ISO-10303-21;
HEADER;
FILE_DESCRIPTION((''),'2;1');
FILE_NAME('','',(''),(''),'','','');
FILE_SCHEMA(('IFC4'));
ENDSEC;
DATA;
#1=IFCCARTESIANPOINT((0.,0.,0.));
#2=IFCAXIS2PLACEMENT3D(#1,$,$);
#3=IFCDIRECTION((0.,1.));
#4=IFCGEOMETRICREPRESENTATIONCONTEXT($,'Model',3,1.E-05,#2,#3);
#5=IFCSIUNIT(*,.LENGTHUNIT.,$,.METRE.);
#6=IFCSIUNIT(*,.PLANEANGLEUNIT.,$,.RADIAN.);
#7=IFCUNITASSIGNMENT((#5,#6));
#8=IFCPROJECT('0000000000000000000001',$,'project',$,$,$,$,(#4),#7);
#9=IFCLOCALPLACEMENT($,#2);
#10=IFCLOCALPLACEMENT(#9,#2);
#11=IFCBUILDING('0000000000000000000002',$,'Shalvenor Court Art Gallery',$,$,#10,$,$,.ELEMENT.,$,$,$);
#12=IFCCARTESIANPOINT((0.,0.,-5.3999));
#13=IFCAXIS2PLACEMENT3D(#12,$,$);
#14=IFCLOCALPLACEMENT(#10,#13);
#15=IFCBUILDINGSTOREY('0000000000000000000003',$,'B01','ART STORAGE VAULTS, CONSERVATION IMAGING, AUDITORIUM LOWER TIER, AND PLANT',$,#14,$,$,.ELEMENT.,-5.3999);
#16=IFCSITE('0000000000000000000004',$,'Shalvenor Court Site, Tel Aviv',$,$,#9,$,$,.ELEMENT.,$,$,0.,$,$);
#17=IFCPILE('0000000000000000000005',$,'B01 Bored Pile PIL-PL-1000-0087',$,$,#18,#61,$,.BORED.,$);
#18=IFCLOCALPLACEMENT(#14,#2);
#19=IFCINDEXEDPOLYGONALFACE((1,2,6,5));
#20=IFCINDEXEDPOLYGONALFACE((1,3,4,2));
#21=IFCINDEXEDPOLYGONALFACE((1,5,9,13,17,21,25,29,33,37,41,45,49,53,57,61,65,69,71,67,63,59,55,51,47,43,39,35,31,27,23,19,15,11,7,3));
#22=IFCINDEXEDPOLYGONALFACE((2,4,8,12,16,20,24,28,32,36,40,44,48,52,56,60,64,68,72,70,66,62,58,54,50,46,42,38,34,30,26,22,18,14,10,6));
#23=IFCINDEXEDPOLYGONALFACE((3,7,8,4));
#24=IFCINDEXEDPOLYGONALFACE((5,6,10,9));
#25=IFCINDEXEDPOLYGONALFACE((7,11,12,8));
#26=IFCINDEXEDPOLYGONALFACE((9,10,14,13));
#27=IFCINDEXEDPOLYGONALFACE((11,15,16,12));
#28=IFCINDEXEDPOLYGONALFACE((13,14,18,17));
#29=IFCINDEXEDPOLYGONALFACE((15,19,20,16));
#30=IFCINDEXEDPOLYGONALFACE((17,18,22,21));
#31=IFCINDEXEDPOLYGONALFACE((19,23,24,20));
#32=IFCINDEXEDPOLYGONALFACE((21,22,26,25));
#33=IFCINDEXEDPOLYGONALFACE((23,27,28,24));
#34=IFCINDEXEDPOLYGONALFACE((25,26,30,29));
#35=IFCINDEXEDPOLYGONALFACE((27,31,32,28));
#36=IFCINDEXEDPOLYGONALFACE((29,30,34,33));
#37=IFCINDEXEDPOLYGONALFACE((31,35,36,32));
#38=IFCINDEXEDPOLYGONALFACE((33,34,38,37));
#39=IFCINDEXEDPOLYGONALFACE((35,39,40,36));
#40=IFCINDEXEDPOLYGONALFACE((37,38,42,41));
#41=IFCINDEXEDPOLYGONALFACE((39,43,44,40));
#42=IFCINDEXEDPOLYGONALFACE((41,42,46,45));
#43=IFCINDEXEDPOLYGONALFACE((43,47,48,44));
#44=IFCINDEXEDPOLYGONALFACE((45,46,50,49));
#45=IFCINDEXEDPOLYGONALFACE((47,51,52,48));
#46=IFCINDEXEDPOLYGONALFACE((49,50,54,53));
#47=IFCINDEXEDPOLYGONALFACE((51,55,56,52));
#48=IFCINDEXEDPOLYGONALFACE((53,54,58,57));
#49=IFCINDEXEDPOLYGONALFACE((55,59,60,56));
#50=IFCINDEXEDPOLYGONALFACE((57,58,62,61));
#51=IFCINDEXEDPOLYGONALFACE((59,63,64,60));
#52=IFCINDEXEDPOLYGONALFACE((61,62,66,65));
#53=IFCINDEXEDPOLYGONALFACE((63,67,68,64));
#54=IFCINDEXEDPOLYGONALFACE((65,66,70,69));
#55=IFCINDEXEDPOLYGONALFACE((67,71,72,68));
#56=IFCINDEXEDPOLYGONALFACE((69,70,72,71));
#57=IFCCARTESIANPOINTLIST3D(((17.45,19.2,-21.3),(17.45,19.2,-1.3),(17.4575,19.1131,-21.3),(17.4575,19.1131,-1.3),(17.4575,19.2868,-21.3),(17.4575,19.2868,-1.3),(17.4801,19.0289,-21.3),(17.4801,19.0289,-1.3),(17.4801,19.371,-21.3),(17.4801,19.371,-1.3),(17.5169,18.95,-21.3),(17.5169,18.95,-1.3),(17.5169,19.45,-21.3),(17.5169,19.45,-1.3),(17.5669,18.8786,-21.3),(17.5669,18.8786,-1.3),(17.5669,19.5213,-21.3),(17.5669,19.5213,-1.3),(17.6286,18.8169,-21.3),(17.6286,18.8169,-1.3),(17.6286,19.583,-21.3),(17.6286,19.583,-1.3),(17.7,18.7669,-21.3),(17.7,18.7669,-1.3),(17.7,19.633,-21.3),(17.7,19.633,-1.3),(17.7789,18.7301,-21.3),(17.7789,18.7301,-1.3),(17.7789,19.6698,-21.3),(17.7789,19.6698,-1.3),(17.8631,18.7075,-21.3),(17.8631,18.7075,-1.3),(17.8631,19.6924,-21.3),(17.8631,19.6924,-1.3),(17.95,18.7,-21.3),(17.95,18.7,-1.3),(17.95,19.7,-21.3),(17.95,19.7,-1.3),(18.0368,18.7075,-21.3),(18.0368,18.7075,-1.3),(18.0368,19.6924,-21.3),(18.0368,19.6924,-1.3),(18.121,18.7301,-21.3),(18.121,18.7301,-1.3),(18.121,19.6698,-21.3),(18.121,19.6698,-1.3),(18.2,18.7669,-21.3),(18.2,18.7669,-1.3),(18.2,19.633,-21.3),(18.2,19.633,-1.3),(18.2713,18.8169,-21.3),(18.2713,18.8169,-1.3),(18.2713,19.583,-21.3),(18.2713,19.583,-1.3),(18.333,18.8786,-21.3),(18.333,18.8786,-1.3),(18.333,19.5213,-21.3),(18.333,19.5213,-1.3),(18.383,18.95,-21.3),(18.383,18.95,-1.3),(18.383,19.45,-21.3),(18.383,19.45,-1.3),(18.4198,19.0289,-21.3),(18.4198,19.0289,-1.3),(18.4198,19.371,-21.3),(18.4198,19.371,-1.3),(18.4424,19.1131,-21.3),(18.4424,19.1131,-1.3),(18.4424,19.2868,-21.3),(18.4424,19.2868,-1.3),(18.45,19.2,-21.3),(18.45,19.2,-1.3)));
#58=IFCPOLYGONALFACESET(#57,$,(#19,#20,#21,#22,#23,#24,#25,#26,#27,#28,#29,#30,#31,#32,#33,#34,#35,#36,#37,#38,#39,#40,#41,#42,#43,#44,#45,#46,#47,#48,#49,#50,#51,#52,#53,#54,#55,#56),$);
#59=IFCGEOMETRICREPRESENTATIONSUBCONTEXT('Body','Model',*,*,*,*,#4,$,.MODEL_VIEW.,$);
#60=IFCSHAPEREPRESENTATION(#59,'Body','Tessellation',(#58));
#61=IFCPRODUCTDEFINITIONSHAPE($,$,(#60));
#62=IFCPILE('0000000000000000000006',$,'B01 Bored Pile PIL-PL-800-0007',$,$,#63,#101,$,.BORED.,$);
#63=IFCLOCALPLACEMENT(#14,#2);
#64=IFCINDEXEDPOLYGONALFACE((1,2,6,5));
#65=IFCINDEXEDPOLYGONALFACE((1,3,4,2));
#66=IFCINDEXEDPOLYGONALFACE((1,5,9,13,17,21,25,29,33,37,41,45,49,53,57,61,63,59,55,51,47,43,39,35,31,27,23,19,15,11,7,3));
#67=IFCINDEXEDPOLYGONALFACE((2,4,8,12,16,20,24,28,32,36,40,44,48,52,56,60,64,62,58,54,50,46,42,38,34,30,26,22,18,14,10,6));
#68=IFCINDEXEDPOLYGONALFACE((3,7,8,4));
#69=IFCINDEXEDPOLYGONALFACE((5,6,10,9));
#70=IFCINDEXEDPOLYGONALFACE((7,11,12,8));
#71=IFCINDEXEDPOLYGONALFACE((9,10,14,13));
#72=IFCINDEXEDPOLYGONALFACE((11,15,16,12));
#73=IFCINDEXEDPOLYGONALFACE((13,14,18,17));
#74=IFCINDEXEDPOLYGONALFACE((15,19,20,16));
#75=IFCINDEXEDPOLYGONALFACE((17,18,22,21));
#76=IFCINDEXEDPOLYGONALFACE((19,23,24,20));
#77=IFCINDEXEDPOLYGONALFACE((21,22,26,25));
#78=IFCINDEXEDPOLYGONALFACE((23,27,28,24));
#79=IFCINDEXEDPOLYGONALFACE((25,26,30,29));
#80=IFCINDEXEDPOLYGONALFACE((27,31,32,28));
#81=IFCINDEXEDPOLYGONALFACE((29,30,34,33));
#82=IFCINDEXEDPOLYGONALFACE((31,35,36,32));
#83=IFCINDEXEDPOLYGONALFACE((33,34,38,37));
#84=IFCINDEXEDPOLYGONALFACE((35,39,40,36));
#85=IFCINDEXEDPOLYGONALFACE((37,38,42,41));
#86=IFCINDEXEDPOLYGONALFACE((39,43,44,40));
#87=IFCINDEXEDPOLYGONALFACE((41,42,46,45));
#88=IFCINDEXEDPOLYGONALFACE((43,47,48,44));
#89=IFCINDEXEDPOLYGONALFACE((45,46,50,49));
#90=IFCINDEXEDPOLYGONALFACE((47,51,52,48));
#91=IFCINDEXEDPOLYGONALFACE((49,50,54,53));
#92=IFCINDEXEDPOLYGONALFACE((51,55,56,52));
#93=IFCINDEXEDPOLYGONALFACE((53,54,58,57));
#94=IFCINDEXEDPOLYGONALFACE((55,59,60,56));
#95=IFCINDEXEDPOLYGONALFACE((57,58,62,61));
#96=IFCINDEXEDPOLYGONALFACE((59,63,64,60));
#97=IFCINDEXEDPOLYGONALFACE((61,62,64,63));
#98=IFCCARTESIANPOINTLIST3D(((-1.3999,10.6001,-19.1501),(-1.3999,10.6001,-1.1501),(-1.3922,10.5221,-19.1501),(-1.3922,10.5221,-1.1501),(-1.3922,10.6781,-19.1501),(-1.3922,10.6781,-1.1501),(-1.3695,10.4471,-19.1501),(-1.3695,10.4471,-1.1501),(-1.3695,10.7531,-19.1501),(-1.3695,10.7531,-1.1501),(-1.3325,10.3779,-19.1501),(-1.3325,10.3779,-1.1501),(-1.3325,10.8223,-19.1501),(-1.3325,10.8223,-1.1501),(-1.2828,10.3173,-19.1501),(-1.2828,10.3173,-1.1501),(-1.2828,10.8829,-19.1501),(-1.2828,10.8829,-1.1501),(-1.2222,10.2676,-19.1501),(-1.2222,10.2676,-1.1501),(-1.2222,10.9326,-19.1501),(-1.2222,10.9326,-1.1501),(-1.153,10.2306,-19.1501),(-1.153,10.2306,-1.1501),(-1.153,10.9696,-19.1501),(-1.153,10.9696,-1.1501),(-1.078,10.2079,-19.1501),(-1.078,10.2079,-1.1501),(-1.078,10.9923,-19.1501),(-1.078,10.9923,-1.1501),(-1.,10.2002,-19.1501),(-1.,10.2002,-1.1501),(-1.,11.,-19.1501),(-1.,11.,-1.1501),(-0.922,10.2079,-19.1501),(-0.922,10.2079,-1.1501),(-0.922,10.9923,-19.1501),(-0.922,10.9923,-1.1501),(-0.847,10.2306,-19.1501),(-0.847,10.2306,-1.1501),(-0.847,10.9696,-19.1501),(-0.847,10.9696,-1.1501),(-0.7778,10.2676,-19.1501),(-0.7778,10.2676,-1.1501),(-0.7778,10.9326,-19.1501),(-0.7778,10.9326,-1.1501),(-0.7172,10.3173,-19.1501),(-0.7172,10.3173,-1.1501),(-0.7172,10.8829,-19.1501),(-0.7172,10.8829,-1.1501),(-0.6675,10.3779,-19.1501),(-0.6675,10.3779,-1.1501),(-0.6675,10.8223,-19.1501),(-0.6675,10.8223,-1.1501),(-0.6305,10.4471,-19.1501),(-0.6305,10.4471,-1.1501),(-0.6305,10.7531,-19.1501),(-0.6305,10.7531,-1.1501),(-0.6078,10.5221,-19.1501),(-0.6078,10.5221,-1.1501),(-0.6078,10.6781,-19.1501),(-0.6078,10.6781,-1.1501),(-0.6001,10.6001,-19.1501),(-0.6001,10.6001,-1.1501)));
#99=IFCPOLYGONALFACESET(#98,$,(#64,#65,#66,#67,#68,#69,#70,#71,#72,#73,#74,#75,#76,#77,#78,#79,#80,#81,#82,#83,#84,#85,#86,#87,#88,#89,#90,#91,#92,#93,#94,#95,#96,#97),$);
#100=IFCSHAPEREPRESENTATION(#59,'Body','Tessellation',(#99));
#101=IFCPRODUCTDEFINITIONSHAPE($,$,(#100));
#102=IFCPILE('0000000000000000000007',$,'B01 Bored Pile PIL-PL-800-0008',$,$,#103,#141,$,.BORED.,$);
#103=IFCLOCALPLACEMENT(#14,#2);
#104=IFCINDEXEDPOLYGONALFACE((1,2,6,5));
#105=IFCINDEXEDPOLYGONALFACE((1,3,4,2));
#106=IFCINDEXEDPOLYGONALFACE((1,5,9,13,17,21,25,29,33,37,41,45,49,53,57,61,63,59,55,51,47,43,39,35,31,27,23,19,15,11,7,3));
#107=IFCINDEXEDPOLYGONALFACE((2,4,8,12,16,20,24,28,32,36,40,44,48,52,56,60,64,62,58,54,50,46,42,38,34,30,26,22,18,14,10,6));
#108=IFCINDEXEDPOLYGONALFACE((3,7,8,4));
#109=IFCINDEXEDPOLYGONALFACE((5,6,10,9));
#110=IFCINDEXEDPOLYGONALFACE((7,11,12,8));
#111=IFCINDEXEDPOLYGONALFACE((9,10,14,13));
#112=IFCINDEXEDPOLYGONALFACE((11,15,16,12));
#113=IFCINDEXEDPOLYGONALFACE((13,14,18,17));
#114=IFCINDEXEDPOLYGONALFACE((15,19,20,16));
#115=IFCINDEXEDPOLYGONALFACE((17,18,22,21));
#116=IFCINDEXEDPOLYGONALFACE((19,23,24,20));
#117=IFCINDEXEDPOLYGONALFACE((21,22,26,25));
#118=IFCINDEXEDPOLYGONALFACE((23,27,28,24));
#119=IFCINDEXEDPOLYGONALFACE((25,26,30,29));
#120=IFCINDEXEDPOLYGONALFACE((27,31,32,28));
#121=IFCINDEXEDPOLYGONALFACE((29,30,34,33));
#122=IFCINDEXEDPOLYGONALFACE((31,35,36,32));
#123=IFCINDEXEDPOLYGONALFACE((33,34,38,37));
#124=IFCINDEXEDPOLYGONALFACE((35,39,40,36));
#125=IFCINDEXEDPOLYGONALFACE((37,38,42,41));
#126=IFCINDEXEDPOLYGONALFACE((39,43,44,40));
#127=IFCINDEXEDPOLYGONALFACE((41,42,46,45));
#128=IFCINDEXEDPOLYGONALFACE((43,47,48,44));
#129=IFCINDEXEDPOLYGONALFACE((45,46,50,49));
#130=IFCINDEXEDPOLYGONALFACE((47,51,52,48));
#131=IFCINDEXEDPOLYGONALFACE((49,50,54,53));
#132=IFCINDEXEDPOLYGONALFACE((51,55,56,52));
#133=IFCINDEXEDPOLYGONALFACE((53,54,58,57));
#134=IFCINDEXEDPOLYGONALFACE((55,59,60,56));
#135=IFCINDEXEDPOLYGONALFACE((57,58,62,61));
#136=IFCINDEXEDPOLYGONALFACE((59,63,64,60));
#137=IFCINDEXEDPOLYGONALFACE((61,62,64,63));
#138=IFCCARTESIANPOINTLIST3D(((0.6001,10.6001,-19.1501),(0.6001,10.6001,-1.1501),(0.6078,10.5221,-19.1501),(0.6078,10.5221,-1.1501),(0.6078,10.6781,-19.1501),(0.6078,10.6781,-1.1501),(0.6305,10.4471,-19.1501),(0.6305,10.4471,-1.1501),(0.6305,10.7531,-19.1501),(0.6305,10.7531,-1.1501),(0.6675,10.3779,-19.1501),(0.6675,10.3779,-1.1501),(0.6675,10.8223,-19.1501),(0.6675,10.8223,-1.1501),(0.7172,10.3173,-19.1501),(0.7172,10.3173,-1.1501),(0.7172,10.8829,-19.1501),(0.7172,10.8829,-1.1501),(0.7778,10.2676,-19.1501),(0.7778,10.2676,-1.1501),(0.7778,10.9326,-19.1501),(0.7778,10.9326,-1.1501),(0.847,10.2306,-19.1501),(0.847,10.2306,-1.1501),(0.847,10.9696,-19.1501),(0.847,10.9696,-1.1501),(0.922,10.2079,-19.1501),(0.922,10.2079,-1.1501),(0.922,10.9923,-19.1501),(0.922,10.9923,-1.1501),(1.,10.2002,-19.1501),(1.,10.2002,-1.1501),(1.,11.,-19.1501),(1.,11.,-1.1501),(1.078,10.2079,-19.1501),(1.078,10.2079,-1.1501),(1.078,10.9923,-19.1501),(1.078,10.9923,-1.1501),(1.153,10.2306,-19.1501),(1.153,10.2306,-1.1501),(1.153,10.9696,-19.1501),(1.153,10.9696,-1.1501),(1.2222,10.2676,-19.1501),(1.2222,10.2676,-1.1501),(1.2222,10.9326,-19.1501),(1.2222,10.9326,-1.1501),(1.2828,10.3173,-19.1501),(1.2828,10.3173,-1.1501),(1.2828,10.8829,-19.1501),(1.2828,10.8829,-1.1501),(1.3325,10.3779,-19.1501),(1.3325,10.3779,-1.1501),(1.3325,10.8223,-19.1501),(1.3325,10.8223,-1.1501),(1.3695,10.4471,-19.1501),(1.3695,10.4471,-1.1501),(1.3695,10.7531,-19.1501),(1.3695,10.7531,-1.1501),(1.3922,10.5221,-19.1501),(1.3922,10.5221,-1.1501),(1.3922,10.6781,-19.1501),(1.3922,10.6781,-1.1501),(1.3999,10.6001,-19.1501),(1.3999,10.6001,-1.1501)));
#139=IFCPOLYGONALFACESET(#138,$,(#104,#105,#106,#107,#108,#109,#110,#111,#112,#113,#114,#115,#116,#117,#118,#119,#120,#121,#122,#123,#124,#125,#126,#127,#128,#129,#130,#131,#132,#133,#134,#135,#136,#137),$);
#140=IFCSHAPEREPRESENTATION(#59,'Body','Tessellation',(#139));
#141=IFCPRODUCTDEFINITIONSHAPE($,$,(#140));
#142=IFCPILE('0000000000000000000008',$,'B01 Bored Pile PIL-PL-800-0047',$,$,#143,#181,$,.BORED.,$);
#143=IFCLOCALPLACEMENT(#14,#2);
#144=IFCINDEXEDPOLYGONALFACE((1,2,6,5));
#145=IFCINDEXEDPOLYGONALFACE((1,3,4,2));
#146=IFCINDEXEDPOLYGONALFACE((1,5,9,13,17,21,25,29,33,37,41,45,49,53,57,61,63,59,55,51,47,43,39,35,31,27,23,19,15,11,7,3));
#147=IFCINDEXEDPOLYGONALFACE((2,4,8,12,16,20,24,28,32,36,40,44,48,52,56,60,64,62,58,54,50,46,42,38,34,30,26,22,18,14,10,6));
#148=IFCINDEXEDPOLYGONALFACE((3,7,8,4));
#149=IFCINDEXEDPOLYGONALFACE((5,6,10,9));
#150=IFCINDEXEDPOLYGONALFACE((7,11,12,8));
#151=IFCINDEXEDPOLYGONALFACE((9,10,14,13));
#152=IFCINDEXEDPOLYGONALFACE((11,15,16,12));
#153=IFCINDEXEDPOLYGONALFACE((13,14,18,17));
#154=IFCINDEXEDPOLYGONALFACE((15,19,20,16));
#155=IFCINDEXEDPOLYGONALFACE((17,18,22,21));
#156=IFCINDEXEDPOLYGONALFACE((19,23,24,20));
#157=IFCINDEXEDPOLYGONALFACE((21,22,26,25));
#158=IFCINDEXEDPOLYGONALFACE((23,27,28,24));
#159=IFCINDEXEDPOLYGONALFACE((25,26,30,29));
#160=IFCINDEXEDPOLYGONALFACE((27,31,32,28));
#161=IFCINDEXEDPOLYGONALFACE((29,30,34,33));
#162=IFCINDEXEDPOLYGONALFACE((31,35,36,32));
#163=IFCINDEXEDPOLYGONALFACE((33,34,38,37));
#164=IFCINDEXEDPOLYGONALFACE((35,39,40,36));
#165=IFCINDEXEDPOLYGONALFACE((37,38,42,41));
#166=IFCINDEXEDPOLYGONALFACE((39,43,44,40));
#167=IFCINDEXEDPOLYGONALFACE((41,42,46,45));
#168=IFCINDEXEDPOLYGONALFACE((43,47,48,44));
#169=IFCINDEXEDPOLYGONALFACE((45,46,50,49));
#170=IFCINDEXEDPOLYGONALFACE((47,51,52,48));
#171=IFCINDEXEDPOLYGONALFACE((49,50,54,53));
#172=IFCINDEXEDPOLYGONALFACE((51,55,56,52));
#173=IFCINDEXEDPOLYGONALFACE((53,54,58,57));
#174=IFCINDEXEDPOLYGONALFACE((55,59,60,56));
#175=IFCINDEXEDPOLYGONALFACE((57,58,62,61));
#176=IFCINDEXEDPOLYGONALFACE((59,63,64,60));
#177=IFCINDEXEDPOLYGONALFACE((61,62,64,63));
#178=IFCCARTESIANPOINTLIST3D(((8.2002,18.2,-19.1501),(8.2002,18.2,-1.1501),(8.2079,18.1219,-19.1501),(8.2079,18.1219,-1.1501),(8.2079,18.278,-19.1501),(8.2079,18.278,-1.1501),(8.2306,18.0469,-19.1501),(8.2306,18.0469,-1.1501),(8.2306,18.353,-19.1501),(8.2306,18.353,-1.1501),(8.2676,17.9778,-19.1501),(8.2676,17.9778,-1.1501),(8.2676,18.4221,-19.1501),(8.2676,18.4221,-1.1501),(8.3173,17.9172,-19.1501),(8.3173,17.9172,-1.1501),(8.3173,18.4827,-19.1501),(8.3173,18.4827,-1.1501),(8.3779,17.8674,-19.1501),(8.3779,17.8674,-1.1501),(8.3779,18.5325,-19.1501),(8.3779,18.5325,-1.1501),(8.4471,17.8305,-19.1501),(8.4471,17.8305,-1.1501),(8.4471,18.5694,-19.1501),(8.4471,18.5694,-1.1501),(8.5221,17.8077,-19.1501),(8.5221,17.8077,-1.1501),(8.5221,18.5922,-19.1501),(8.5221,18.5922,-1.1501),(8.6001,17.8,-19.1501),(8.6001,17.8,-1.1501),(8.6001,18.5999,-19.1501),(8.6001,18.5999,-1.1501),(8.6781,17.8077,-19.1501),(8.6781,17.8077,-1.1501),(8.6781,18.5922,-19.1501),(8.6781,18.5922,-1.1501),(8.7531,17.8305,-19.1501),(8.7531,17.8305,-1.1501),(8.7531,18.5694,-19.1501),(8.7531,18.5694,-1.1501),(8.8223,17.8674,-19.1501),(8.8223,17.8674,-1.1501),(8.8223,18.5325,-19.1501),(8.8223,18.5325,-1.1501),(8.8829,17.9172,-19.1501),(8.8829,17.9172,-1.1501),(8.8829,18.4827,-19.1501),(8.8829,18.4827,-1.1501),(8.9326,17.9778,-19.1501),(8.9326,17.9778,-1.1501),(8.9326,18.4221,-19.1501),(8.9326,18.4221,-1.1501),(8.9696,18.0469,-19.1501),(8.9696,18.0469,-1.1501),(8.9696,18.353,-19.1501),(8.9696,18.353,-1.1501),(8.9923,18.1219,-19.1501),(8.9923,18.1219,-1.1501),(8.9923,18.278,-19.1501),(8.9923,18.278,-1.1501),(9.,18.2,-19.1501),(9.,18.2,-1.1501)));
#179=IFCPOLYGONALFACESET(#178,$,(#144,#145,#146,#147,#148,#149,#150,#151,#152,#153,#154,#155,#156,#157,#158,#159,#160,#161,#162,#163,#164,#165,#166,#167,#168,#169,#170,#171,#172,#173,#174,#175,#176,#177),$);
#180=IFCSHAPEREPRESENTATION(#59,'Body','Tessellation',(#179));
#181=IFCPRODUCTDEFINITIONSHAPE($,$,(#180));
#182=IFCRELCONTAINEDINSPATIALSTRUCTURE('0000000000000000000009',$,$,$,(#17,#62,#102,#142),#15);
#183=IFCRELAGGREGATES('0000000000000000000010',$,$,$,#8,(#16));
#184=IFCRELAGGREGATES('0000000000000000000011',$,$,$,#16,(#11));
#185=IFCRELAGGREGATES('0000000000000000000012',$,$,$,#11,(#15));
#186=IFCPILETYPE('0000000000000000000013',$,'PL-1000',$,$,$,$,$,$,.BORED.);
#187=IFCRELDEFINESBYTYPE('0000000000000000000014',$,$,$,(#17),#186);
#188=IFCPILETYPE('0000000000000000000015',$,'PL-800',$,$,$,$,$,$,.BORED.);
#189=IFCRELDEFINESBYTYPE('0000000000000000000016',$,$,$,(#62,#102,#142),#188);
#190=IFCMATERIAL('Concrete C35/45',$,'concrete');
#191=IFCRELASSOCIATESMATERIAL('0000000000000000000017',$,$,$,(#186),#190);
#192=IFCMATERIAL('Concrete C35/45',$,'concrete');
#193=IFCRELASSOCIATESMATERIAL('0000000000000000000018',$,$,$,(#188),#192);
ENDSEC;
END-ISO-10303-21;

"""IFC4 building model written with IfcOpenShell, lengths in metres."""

from ifc_helpers import new_model, si_unit, direction, frame, origin, origin_2d, place, context, subcontext, project, spatial, circle, extrude, material, material_profile, profile_set, type_object, element, save


model = new_model("IFC4")

# Units and contexts
model_context = context("Model", 3, precision=1e-05, world=origin(), true_north=direction((0.0, 1.0)))
body_context = subcontext(model_context, "Body", "Model", "MODEL_VIEW")
ifc_project = project(units=[si_unit("LENGTHUNIT", "METRE"), si_unit("PLANEANGLEUNIT", "RADIAN")], contexts=[model_context])

# Site, building, storey
site_placement = place(None, origin())
site = spatial("IfcSite", under=ifc_project, at=site_placement, Name="Shalvenor Court Site, Tel Aviv", CompositionType="ELEMENT", RefElevation=0.0)
building_placement = place(site_placement, origin())
building = spatial("IfcBuilding", under=site, at=building_placement, Name="Shalvenor Court Art Gallery", CompositionType="ELEMENT")
storey_placement = place(building_placement, frame((0.0, 0.0, -5.3999)))
storey = spatial("IfcBuildingStorey", under=building, at=storey_placement, Name="B01", Description="ART STORAGE VAULTS, CONSERVATION IMAGING, AUDITORIUM LOWER TIER, AND PLANT", CompositionType="ELEMENT", Elevation=-5.3999)

# Piles
ifc_material_1 = material(Name="Concrete C35/45", Category="concrete")
ifc_material_profile_1 = material_profile(ifc_material_1, circle(Radius=0.5, at=origin_2d()), Name="PILE 1000")
ifc_profile_set_1 = profile_set([ifc_material_profile_1], Name="Concrete C35/45")
pile_type_1 = type_object("IfcPileType", Name="PL-1000", PredefinedType="BORED", material=ifc_profile_set_1)
for number, where, z_axis, x_axis, name in (
    (1, (17.95, 19.2, -1.3), (0.0, 0.0, -1.0), (1.0, 0.0, 0.0), "B01 Bored Pile PIL-PL-1000-0087"),
):
    element("IfcPile", number, at=place(storey_placement, frame(where, z_axis=z_axis, x_axis=x_axis)), inside=storey, type_object=pile_type_1, Name=name, PredefinedType="BORED", context=body_context, shape_type="SweptSolid", body=[
        extrude(circle(Radius=0.5, at=origin_2d()), origin(), (0.0, 0.0, 1.0), 20.0),
    ])
ifc_material_2 = material(Name="Concrete C35/45", Category="concrete")
ifc_material_profile_2 = material_profile(ifc_material_2, circle(Radius=0.3999, at=origin_2d()), Name="PILE 800")
ifc_profile_set_2 = profile_set([ifc_material_profile_2], Name="Concrete C35/45")
pile_type_2 = type_object("IfcPileType", Name="PL-800", PredefinedType="BORED", material=ifc_profile_set_2)
for number, where, z_axis, x_axis, name in (
    (2, (-1.0, 10.6001, -1.1501), (0.0, 0.0, -1.0), (1.0, 0.0, 0.0), "B01 Bored Pile PIL-PL-800-0007"),
    (3, (1.0, 10.6001, -1.1501), (0.0, 0.0, -1.0), (1.0, 0.0, 0.0), "B01 Bored Pile PIL-PL-800-0008"),
    (4, (8.6001, 18.2, -1.1501), (0.0, 0.0, -1.0), (1.0, 0.0, 0.0), "B01 Bored Pile PIL-PL-800-0047"),
):
    element("IfcPile", number, at=place(storey_placement, frame(where, z_axis=z_axis, x_axis=x_axis)), inside=storey, type_object=pile_type_2, Name=name, PredefinedType="BORED", context=body_context, shape_type="SweptSolid", body=[
        extrude(circle(Radius=0.3999, at=origin_2d()), origin(), (0.0, 0.0, 1.0), 18.0),
    ])

save(model, "model.ifc")
